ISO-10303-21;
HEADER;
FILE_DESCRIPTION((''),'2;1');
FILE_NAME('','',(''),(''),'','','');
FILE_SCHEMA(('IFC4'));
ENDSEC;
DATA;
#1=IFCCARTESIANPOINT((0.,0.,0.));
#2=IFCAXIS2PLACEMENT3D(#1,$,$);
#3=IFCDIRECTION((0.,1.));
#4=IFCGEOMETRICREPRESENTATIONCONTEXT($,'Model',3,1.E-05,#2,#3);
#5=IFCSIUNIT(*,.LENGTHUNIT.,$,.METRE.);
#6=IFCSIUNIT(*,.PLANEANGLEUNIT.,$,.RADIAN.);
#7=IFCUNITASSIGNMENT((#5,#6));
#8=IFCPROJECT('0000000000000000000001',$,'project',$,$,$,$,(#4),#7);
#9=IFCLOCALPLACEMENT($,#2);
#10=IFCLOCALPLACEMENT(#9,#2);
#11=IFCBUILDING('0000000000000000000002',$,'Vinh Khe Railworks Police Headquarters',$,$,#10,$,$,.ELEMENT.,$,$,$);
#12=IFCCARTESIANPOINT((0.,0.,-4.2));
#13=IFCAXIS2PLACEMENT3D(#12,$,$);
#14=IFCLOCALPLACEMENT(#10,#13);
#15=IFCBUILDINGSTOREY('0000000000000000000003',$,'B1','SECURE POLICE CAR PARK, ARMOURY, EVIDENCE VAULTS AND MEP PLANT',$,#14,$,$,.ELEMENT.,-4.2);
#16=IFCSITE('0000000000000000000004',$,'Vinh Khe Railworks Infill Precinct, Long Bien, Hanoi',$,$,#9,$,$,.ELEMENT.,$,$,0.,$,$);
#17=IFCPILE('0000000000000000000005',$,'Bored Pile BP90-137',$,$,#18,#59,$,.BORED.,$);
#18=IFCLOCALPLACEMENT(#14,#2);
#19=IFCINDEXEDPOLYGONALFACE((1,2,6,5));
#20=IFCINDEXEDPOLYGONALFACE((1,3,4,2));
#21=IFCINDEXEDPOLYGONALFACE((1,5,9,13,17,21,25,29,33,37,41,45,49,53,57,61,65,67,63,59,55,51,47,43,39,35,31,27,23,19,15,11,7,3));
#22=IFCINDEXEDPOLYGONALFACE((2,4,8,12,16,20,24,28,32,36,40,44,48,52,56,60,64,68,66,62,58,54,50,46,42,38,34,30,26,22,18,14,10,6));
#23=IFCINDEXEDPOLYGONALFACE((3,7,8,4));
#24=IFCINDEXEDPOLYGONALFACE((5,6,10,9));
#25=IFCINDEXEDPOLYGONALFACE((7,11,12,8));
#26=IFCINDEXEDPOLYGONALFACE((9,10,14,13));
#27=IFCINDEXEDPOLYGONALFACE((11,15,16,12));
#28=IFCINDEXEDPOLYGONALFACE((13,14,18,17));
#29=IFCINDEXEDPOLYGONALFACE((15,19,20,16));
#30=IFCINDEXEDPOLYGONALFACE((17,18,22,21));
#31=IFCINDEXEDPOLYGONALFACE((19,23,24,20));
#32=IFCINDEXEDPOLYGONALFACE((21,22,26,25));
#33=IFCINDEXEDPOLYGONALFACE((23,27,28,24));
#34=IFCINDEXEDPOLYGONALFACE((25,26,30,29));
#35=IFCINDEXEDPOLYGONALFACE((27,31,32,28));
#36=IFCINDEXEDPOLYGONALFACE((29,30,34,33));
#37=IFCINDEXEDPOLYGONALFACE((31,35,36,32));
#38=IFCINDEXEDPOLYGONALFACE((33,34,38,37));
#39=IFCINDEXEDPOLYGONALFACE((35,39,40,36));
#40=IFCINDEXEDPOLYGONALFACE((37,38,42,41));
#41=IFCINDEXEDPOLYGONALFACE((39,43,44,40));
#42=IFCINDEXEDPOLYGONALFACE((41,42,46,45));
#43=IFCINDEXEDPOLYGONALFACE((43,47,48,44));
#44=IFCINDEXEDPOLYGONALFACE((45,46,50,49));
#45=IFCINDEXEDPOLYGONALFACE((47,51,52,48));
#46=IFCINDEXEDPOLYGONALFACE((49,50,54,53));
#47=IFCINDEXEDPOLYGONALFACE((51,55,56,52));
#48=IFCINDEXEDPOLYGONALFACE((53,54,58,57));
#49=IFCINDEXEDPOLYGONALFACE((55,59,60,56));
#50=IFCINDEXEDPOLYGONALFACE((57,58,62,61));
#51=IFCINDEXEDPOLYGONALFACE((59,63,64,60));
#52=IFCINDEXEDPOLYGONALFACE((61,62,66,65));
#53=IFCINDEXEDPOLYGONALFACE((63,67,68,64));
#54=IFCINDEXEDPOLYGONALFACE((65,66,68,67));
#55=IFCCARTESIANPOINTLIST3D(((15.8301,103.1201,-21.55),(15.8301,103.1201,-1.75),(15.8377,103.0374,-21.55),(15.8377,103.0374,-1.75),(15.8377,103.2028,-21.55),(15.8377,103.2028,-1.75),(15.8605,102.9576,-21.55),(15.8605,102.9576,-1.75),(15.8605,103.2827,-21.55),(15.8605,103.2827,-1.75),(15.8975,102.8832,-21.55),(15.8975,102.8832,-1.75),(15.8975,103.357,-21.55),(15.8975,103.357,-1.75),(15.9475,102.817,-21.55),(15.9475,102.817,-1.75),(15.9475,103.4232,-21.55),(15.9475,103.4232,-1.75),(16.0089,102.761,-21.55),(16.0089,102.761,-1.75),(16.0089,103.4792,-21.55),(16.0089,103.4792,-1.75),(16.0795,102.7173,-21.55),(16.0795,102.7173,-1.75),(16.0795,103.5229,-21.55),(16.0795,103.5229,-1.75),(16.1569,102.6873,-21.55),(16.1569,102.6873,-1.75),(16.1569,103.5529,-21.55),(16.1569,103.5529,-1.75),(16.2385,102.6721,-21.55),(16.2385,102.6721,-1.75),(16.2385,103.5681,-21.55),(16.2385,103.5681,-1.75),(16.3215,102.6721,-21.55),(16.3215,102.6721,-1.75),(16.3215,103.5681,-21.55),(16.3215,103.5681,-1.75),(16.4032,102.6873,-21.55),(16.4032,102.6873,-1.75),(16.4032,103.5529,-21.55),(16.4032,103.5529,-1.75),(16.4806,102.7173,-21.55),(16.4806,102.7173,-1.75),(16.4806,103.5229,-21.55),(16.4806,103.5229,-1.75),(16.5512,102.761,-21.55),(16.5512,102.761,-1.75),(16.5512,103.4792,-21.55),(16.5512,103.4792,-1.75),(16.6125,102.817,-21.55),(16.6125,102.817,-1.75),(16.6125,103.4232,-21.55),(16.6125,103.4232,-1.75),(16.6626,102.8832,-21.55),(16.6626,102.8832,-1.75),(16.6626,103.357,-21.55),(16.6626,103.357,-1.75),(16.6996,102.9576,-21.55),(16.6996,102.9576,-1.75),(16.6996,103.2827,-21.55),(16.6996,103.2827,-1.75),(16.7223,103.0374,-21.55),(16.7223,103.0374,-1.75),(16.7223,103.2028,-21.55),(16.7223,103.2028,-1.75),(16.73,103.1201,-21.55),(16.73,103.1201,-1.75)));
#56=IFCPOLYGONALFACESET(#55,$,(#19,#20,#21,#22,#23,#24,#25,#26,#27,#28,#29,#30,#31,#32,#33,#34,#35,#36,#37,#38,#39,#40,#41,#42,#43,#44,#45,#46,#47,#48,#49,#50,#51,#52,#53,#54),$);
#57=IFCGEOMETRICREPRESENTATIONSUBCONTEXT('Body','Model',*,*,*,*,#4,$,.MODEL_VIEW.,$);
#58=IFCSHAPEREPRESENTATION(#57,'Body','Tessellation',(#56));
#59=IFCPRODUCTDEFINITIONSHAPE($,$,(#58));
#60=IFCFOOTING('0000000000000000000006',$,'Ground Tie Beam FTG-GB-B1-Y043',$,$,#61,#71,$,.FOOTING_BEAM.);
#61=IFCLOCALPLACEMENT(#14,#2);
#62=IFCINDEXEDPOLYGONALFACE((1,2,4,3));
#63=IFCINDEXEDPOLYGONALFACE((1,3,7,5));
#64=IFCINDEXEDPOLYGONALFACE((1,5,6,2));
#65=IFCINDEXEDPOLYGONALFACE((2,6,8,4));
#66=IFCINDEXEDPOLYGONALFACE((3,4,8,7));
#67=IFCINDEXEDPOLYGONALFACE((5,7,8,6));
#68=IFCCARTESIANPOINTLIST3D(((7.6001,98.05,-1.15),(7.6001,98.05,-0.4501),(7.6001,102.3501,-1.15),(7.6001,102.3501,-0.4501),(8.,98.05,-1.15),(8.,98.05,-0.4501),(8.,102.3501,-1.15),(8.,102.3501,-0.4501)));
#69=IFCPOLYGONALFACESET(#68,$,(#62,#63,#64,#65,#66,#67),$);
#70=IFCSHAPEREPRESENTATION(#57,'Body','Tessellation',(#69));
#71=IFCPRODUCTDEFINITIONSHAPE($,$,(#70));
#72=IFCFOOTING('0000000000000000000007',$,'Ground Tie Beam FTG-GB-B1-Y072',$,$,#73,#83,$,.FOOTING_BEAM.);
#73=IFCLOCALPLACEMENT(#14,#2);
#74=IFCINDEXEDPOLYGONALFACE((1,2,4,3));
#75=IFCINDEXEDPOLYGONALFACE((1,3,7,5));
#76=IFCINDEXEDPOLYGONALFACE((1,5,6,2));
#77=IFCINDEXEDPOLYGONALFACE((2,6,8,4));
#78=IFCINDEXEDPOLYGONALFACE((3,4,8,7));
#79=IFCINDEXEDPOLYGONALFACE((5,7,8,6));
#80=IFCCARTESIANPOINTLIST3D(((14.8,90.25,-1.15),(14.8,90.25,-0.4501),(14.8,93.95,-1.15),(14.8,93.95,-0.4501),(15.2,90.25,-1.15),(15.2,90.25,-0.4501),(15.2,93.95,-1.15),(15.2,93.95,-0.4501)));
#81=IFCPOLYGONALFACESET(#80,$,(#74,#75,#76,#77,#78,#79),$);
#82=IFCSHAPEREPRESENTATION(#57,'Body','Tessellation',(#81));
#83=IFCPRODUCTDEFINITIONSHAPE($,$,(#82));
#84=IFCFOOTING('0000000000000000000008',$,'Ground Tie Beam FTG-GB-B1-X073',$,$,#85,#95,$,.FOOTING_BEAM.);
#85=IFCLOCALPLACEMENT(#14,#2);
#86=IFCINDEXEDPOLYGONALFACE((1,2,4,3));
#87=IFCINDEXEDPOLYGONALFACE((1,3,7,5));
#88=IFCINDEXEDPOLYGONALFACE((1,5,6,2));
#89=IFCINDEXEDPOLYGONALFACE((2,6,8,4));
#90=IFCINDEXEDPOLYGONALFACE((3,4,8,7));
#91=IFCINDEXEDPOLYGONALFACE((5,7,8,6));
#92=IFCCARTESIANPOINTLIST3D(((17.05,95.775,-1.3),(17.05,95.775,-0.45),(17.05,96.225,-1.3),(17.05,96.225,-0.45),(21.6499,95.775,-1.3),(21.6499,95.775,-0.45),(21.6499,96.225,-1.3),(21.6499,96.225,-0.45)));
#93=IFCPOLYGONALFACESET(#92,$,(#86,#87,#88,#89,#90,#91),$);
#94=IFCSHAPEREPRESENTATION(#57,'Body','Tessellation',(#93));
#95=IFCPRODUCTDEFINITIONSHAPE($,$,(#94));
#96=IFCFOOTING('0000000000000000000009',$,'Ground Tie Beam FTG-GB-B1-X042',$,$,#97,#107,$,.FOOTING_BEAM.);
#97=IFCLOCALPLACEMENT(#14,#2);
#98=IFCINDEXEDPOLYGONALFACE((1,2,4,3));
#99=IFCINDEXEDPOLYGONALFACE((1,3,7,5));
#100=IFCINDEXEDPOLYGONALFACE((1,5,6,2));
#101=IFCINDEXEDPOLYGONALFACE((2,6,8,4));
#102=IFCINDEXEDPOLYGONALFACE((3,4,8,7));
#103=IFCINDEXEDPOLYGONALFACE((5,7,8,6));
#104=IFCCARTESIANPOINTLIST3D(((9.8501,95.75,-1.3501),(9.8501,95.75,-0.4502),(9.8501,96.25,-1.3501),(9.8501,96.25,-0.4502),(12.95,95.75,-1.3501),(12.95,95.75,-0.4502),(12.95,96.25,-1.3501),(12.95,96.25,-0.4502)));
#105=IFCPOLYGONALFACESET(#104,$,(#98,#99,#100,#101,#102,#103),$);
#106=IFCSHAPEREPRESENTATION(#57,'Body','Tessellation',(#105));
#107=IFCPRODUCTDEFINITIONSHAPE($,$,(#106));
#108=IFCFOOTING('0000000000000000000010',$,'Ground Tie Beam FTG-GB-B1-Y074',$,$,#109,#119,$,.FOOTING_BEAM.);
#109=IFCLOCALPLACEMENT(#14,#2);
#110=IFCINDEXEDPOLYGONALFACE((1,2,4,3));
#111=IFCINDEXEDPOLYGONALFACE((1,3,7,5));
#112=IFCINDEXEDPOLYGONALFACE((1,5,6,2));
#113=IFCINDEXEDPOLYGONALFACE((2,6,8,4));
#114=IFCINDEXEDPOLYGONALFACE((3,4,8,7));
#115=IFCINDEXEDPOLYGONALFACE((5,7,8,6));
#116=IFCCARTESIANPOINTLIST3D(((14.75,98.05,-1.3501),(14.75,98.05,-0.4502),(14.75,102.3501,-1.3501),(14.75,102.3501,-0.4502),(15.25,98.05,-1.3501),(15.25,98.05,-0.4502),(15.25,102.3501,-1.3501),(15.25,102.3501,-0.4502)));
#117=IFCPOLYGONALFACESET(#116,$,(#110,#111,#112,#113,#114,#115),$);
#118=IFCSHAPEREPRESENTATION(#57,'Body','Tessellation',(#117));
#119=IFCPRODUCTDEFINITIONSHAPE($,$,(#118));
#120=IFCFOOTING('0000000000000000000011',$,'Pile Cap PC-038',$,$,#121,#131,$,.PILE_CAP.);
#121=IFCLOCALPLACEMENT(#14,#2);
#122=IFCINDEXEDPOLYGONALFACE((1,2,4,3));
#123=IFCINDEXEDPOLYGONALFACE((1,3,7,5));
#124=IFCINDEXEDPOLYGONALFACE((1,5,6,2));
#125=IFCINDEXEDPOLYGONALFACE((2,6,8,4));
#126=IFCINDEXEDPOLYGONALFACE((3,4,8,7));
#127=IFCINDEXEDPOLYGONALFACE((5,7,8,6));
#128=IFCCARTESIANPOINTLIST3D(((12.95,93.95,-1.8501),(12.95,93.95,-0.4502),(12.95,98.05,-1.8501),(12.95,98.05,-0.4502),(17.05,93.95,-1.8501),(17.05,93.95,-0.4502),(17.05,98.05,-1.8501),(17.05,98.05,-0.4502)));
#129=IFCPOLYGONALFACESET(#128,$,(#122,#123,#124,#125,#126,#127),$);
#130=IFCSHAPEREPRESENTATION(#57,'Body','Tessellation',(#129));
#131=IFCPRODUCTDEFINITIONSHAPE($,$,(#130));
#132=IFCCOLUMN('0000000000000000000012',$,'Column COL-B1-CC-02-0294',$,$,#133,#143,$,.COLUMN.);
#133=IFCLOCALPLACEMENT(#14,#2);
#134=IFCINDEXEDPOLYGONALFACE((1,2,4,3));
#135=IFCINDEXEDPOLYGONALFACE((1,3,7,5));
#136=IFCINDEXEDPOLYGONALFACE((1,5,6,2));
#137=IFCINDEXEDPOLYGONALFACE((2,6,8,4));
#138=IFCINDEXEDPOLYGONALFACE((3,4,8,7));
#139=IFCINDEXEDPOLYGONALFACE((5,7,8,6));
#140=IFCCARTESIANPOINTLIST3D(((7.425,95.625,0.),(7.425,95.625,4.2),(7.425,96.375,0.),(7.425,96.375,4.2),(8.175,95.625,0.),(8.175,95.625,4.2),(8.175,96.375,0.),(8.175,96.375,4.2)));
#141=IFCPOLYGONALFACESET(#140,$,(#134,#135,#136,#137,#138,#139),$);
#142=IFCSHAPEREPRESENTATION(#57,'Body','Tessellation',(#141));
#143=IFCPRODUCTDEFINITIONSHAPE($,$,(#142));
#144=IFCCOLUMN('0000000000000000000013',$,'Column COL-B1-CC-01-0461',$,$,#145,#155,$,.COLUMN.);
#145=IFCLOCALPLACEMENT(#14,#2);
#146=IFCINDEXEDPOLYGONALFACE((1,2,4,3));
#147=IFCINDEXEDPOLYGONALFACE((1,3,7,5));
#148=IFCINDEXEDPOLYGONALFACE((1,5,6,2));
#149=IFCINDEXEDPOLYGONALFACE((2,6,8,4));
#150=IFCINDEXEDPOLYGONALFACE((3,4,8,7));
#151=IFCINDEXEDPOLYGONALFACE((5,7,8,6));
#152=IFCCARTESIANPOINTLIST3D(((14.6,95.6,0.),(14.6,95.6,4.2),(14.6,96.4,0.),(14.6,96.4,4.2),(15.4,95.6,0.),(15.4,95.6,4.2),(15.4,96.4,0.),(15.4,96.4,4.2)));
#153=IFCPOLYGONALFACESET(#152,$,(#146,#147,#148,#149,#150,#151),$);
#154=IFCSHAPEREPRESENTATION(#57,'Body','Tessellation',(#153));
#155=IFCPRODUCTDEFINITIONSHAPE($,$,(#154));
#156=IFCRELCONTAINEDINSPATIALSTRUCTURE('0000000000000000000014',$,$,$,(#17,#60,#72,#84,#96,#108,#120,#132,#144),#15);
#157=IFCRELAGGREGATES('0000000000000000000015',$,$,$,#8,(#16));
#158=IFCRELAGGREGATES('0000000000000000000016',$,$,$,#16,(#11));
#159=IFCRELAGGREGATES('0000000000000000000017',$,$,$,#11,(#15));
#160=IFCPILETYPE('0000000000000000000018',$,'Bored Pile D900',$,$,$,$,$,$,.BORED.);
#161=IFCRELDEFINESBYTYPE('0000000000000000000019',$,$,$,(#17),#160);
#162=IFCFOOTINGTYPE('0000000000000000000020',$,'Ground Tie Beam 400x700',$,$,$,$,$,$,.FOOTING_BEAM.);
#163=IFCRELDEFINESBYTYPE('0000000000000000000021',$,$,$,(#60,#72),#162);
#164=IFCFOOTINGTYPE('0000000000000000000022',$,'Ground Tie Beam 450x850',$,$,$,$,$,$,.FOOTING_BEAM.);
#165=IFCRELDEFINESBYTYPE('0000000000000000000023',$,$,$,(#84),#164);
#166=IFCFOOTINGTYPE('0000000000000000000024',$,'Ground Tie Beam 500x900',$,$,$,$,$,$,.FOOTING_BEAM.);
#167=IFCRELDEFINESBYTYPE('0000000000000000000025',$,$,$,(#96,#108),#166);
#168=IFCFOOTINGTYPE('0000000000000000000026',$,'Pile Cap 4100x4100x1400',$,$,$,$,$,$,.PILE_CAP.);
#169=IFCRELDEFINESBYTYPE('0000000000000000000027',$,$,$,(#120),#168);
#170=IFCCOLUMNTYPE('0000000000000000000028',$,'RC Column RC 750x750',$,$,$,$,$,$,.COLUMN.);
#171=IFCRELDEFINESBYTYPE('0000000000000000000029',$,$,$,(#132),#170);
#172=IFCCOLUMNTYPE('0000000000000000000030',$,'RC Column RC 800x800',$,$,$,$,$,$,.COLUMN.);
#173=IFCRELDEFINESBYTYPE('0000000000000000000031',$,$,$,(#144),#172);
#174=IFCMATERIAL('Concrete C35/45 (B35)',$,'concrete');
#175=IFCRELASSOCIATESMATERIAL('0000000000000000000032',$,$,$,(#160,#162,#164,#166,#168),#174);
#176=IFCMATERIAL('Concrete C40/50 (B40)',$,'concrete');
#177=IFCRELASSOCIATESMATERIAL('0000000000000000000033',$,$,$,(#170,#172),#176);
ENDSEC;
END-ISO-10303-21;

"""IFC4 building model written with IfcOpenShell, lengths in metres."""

from ifc_helpers import new_model, si_unit, direction, frame, origin, origin_2d, place, context, subcontext, project, spatial, rectangle, circle, extrude, material, material_profile, profile_set, type_object, element, save


model = new_model("IFC4")

# Units and contexts
model_context = context("Model", 3, precision=1e-05, world=origin(), true_north=direction((0.0, 1.0)))
body_context = subcontext(model_context, "Body", "Model", "MODEL_VIEW")
ifc_project = project(units=[si_unit("LENGTHUNIT", "METRE"), si_unit("PLANEANGLEUNIT", "RADIAN")], contexts=[model_context])

# Site, building, storey
site_placement = place(None, origin())
site = spatial("IfcSite", under=ifc_project, at=site_placement, Name="Vinh Khe Railworks Infill Precinct, Long Bien, Hanoi", CompositionType="ELEMENT", RefElevation=0.0)
building_placement = place(site_placement, origin())
building = spatial("IfcBuilding", under=site, at=building_placement, Name="Vinh Khe Railworks Police Headquarters", CompositionType="ELEMENT")
storey_placement = place(building_placement, frame((0.0, 0.0, -4.2)))
storey = spatial("IfcBuildingStorey", under=building, at=storey_placement, Name="B1", Description="SECURE POLICE CAR PARK, ARMOURY, EVIDENCE VAULTS AND MEP PLANT", CompositionType="ELEMENT", Elevation=-4.2)

# Pile
ifc_material_1 = material(Name="Concrete C35/45 (B35)", Category="concrete")
ifc_material_profile_1 = material_profile(ifc_material_1, circle(Radius=0.45, at=origin_2d()), Name="BORED PILE D900")
ifc_profile_set_1 = profile_set([ifc_material_profile_1], Name="Concrete C35/45 (B35)")
pile_type = type_object("IfcPileType", Name="Bored Pile D900", PredefinedType="BORED", material=ifc_profile_set_1)
for number, where, z_axis, x_axis, name in (
    (1, (16.28, 103.1201, -1.75), (0.0, 0.0, -1.0), (1.0, 0.0, 0.0), "Bored Pile BP90-137"),
):
    element("IfcPile", number, at=place(storey_placement, frame(where, z_axis=z_axis, x_axis=x_axis)), inside=storey, type_object=pile_type, Name=name, PredefinedType="BORED", context=body_context, shape_type="SweptSolid", body=[
        extrude(circle(Radius=0.45, at=origin_2d()), origin(), (0.0, 0.0, 1.0), 19.8),
    ])

# Footings
ifc_material_profile_2 = material_profile(ifc_material_1, rectangle(XDim=0.3999, YDim=0.7, at=origin_2d()), Name="RC 400x700")
ifc_profile_set_2 = profile_set([ifc_material_profile_2], Name="Concrete C35/45 (B35)")
footing_type_1 = type_object("IfcFootingType", Name="Ground Tie Beam 400x700", PredefinedType="FOOTING_BEAM", material=ifc_profile_set_2)
footing_1_placement = place(storey_placement, frame((7.8, 98.05, -0.8), z_axis=(0.0, 1.0, 0.0), x_axis=(-1.0, 0.0, 0.0)))
element("IfcFooting", 2, at=footing_1_placement, inside=storey, type_object=footing_type_1, Name="Ground Tie Beam FTG-GB-B1-Y043", PredefinedType="FOOTING_BEAM", context=body_context, shape_type="SweptSolid", body=[
    extrude(rectangle(XDim=0.3999, YDim=0.7, at=origin_2d()), origin(), (0.0, 0.0, 1.0), 4.3),
])
footing_2_placement = place(storey_placement, frame((15.0, 90.25, -0.8), z_axis=(0.0, 1.0, 0.0), x_axis=(-1.0, 0.0, 0.0)))
element("IfcFooting", 3, at=footing_2_placement, inside=storey, type_object=footing_type_1, Name="Ground Tie Beam FTG-GB-B1-Y072", PredefinedType="FOOTING_BEAM", context=body_context, shape_type="SweptSolid", body=[
    extrude(rectangle(XDim=0.3999, YDim=0.7, at=origin_2d()), origin(), (0.0, 0.0, 1.0), 3.7),
])
ifc_material_profile_3 = material_profile(ifc_material_1, rectangle(XDim=0.45, YDim=0.8501, at=origin_2d()), Name="RC 450x850")
ifc_profile_set_3 = profile_set([ifc_material_profile_3], Name="Concrete C35/45 (B35)")
footing_type_2 = type_object("IfcFootingType", Name="Ground Tie Beam 450x850", PredefinedType="FOOTING_BEAM", material=ifc_profile_set_3)
footing_3_placement = place(storey_placement, frame((17.05, 96.0, -0.875), z_axis=(1.0, 0.0, 0.0), x_axis=(0.0, 1.0, 0.0)))
element("IfcFooting", 4, at=footing_3_placement, inside=storey, type_object=footing_type_2, Name="Ground Tie Beam FTG-GB-B1-X073", PredefinedType="FOOTING_BEAM", context=body_context, shape_type="SweptSolid", body=[
    extrude(rectangle(XDim=0.45, YDim=0.8501, at=origin_2d()), origin(), (0.0, 0.0, 1.0), 4.5999),
])
ifc_material_profile_4 = material_profile(ifc_material_1, rectangle(XDim=0.5, YDim=0.8999, at=origin_2d()), Name="RC 500x900")
ifc_profile_set_4 = profile_set([ifc_material_profile_4], Name="Concrete C35/45 (B35)")
footing_type_3 = type_object("IfcFootingType", Name="Ground Tie Beam 500x900", PredefinedType="FOOTING_BEAM", material=ifc_profile_set_4)
footing_4_placement = place(storey_placement, frame((9.8501, 96.0, -0.9001), z_axis=(1.0, 0.0, 0.0), x_axis=(0.0, 1.0, 0.0)))
element("IfcFooting", 5, at=footing_4_placement, inside=storey, type_object=footing_type_3, Name="Ground Tie Beam FTG-GB-B1-X042", PredefinedType="FOOTING_BEAM", context=body_context, shape_type="SweptSolid", body=[
    extrude(rectangle(XDim=0.5, YDim=0.8999, at=origin_2d()), origin(), (0.0, 0.0, 1.0), 3.0999),
])
footing_5_placement = place(storey_placement, frame((15.0, 98.05, -0.9001), z_axis=(0.0, 1.0, 0.0), x_axis=(-1.0, 0.0, 0.0)))
element("IfcFooting", 6, at=footing_5_placement, inside=storey, type_object=footing_type_3, Name="Ground Tie Beam FTG-GB-B1-Y074", PredefinedType="FOOTING_BEAM", context=body_context, shape_type="SweptSolid", body=[
    extrude(rectangle(XDim=0.5, YDim=0.8999, at=origin_2d()), origin(), (0.0, 0.0, 1.0), 4.3),
])
footing_type_4 = type_object("IfcFootingType", Name="Pile Cap 4100x4100x1400", PredefinedType="PILE_CAP", material=ifc_material_1)
footing_6_placement = place(storey_placement, frame((15.0, 96.0, -1.8501), z_axis=(0.0, 0.0, 1.0), x_axis=(1.0, 0.0, 0.0)))
element("IfcFooting", 7, at=footing_6_placement, inside=storey, type_object=footing_type_4, Name="Pile Cap PC-038", PredefinedType="PILE_CAP", context=body_context, shape_type="SweptSolid", body=[
    extrude(rectangle(XDim=4.1001, YDim=4.1001, at=origin_2d()), origin(), (0.0, 0.0, 1.0), 1.3999),
])

# Columns
ifc_material_2 = material(Name="Concrete C40/50 (B40)", Category="concrete")
ifc_material_profile_5 = material_profile(ifc_material_2, rectangle(XDim=0.75, YDim=0.75, at=origin_2d()), Name="RC 750x750")
ifc_profile_set_5 = profile_set([ifc_material_profile_5], Name="Concrete C40/50 (B40)")
column_type_1 = type_object("IfcColumnType", Name="RC Column RC 750x750", PredefinedType="COLUMN", material=ifc_profile_set_5)
column_1_placement = place(storey_placement, frame((7.8, 96.0, 0.0), z_axis=(0.0, 0.0, 1.0), x_axis=(1.0, 0.0, 0.0)))
element("IfcColumn", 8, at=column_1_placement, inside=storey, type_object=column_type_1, Name="Column COL-B1-CC-02-0294", PredefinedType="COLUMN", context=body_context, shape_type="SweptSolid", body=[
    extrude(rectangle(XDim=0.75, YDim=0.75, at=origin_2d()), origin(), (0.0, 0.0, 1.0), 4.2),
])
ifc_material_profile_6 = material_profile(ifc_material_2, rectangle(XDim=0.8, YDim=0.8, at=origin_2d()), Name="RC 800x800")
ifc_profile_set_6 = profile_set([ifc_material_profile_6], Name="Concrete C40/50 (B40)")
column_type_2 = type_object("IfcColumnType", Name="RC Column RC 800x800", PredefinedType="COLUMN", material=ifc_profile_set_6)
column_2_placement = place(storey_placement, frame((15.0, 96.0, 0.0), z_axis=(0.0, 0.0, 1.0), x_axis=(1.0, 0.0, 0.0)))
element("IfcColumn", 9, at=column_2_placement, inside=storey, type_object=column_type_2, Name="Column COL-B1-CC-01-0461", PredefinedType="COLUMN", context=body_context, shape_type="SweptSolid", body=[
    extrude(rectangle(XDim=0.8, YDim=0.8, at=origin_2d()), origin(), (0.0, 0.0, 1.0), 4.2),
])

save(model, "model.ifc")
